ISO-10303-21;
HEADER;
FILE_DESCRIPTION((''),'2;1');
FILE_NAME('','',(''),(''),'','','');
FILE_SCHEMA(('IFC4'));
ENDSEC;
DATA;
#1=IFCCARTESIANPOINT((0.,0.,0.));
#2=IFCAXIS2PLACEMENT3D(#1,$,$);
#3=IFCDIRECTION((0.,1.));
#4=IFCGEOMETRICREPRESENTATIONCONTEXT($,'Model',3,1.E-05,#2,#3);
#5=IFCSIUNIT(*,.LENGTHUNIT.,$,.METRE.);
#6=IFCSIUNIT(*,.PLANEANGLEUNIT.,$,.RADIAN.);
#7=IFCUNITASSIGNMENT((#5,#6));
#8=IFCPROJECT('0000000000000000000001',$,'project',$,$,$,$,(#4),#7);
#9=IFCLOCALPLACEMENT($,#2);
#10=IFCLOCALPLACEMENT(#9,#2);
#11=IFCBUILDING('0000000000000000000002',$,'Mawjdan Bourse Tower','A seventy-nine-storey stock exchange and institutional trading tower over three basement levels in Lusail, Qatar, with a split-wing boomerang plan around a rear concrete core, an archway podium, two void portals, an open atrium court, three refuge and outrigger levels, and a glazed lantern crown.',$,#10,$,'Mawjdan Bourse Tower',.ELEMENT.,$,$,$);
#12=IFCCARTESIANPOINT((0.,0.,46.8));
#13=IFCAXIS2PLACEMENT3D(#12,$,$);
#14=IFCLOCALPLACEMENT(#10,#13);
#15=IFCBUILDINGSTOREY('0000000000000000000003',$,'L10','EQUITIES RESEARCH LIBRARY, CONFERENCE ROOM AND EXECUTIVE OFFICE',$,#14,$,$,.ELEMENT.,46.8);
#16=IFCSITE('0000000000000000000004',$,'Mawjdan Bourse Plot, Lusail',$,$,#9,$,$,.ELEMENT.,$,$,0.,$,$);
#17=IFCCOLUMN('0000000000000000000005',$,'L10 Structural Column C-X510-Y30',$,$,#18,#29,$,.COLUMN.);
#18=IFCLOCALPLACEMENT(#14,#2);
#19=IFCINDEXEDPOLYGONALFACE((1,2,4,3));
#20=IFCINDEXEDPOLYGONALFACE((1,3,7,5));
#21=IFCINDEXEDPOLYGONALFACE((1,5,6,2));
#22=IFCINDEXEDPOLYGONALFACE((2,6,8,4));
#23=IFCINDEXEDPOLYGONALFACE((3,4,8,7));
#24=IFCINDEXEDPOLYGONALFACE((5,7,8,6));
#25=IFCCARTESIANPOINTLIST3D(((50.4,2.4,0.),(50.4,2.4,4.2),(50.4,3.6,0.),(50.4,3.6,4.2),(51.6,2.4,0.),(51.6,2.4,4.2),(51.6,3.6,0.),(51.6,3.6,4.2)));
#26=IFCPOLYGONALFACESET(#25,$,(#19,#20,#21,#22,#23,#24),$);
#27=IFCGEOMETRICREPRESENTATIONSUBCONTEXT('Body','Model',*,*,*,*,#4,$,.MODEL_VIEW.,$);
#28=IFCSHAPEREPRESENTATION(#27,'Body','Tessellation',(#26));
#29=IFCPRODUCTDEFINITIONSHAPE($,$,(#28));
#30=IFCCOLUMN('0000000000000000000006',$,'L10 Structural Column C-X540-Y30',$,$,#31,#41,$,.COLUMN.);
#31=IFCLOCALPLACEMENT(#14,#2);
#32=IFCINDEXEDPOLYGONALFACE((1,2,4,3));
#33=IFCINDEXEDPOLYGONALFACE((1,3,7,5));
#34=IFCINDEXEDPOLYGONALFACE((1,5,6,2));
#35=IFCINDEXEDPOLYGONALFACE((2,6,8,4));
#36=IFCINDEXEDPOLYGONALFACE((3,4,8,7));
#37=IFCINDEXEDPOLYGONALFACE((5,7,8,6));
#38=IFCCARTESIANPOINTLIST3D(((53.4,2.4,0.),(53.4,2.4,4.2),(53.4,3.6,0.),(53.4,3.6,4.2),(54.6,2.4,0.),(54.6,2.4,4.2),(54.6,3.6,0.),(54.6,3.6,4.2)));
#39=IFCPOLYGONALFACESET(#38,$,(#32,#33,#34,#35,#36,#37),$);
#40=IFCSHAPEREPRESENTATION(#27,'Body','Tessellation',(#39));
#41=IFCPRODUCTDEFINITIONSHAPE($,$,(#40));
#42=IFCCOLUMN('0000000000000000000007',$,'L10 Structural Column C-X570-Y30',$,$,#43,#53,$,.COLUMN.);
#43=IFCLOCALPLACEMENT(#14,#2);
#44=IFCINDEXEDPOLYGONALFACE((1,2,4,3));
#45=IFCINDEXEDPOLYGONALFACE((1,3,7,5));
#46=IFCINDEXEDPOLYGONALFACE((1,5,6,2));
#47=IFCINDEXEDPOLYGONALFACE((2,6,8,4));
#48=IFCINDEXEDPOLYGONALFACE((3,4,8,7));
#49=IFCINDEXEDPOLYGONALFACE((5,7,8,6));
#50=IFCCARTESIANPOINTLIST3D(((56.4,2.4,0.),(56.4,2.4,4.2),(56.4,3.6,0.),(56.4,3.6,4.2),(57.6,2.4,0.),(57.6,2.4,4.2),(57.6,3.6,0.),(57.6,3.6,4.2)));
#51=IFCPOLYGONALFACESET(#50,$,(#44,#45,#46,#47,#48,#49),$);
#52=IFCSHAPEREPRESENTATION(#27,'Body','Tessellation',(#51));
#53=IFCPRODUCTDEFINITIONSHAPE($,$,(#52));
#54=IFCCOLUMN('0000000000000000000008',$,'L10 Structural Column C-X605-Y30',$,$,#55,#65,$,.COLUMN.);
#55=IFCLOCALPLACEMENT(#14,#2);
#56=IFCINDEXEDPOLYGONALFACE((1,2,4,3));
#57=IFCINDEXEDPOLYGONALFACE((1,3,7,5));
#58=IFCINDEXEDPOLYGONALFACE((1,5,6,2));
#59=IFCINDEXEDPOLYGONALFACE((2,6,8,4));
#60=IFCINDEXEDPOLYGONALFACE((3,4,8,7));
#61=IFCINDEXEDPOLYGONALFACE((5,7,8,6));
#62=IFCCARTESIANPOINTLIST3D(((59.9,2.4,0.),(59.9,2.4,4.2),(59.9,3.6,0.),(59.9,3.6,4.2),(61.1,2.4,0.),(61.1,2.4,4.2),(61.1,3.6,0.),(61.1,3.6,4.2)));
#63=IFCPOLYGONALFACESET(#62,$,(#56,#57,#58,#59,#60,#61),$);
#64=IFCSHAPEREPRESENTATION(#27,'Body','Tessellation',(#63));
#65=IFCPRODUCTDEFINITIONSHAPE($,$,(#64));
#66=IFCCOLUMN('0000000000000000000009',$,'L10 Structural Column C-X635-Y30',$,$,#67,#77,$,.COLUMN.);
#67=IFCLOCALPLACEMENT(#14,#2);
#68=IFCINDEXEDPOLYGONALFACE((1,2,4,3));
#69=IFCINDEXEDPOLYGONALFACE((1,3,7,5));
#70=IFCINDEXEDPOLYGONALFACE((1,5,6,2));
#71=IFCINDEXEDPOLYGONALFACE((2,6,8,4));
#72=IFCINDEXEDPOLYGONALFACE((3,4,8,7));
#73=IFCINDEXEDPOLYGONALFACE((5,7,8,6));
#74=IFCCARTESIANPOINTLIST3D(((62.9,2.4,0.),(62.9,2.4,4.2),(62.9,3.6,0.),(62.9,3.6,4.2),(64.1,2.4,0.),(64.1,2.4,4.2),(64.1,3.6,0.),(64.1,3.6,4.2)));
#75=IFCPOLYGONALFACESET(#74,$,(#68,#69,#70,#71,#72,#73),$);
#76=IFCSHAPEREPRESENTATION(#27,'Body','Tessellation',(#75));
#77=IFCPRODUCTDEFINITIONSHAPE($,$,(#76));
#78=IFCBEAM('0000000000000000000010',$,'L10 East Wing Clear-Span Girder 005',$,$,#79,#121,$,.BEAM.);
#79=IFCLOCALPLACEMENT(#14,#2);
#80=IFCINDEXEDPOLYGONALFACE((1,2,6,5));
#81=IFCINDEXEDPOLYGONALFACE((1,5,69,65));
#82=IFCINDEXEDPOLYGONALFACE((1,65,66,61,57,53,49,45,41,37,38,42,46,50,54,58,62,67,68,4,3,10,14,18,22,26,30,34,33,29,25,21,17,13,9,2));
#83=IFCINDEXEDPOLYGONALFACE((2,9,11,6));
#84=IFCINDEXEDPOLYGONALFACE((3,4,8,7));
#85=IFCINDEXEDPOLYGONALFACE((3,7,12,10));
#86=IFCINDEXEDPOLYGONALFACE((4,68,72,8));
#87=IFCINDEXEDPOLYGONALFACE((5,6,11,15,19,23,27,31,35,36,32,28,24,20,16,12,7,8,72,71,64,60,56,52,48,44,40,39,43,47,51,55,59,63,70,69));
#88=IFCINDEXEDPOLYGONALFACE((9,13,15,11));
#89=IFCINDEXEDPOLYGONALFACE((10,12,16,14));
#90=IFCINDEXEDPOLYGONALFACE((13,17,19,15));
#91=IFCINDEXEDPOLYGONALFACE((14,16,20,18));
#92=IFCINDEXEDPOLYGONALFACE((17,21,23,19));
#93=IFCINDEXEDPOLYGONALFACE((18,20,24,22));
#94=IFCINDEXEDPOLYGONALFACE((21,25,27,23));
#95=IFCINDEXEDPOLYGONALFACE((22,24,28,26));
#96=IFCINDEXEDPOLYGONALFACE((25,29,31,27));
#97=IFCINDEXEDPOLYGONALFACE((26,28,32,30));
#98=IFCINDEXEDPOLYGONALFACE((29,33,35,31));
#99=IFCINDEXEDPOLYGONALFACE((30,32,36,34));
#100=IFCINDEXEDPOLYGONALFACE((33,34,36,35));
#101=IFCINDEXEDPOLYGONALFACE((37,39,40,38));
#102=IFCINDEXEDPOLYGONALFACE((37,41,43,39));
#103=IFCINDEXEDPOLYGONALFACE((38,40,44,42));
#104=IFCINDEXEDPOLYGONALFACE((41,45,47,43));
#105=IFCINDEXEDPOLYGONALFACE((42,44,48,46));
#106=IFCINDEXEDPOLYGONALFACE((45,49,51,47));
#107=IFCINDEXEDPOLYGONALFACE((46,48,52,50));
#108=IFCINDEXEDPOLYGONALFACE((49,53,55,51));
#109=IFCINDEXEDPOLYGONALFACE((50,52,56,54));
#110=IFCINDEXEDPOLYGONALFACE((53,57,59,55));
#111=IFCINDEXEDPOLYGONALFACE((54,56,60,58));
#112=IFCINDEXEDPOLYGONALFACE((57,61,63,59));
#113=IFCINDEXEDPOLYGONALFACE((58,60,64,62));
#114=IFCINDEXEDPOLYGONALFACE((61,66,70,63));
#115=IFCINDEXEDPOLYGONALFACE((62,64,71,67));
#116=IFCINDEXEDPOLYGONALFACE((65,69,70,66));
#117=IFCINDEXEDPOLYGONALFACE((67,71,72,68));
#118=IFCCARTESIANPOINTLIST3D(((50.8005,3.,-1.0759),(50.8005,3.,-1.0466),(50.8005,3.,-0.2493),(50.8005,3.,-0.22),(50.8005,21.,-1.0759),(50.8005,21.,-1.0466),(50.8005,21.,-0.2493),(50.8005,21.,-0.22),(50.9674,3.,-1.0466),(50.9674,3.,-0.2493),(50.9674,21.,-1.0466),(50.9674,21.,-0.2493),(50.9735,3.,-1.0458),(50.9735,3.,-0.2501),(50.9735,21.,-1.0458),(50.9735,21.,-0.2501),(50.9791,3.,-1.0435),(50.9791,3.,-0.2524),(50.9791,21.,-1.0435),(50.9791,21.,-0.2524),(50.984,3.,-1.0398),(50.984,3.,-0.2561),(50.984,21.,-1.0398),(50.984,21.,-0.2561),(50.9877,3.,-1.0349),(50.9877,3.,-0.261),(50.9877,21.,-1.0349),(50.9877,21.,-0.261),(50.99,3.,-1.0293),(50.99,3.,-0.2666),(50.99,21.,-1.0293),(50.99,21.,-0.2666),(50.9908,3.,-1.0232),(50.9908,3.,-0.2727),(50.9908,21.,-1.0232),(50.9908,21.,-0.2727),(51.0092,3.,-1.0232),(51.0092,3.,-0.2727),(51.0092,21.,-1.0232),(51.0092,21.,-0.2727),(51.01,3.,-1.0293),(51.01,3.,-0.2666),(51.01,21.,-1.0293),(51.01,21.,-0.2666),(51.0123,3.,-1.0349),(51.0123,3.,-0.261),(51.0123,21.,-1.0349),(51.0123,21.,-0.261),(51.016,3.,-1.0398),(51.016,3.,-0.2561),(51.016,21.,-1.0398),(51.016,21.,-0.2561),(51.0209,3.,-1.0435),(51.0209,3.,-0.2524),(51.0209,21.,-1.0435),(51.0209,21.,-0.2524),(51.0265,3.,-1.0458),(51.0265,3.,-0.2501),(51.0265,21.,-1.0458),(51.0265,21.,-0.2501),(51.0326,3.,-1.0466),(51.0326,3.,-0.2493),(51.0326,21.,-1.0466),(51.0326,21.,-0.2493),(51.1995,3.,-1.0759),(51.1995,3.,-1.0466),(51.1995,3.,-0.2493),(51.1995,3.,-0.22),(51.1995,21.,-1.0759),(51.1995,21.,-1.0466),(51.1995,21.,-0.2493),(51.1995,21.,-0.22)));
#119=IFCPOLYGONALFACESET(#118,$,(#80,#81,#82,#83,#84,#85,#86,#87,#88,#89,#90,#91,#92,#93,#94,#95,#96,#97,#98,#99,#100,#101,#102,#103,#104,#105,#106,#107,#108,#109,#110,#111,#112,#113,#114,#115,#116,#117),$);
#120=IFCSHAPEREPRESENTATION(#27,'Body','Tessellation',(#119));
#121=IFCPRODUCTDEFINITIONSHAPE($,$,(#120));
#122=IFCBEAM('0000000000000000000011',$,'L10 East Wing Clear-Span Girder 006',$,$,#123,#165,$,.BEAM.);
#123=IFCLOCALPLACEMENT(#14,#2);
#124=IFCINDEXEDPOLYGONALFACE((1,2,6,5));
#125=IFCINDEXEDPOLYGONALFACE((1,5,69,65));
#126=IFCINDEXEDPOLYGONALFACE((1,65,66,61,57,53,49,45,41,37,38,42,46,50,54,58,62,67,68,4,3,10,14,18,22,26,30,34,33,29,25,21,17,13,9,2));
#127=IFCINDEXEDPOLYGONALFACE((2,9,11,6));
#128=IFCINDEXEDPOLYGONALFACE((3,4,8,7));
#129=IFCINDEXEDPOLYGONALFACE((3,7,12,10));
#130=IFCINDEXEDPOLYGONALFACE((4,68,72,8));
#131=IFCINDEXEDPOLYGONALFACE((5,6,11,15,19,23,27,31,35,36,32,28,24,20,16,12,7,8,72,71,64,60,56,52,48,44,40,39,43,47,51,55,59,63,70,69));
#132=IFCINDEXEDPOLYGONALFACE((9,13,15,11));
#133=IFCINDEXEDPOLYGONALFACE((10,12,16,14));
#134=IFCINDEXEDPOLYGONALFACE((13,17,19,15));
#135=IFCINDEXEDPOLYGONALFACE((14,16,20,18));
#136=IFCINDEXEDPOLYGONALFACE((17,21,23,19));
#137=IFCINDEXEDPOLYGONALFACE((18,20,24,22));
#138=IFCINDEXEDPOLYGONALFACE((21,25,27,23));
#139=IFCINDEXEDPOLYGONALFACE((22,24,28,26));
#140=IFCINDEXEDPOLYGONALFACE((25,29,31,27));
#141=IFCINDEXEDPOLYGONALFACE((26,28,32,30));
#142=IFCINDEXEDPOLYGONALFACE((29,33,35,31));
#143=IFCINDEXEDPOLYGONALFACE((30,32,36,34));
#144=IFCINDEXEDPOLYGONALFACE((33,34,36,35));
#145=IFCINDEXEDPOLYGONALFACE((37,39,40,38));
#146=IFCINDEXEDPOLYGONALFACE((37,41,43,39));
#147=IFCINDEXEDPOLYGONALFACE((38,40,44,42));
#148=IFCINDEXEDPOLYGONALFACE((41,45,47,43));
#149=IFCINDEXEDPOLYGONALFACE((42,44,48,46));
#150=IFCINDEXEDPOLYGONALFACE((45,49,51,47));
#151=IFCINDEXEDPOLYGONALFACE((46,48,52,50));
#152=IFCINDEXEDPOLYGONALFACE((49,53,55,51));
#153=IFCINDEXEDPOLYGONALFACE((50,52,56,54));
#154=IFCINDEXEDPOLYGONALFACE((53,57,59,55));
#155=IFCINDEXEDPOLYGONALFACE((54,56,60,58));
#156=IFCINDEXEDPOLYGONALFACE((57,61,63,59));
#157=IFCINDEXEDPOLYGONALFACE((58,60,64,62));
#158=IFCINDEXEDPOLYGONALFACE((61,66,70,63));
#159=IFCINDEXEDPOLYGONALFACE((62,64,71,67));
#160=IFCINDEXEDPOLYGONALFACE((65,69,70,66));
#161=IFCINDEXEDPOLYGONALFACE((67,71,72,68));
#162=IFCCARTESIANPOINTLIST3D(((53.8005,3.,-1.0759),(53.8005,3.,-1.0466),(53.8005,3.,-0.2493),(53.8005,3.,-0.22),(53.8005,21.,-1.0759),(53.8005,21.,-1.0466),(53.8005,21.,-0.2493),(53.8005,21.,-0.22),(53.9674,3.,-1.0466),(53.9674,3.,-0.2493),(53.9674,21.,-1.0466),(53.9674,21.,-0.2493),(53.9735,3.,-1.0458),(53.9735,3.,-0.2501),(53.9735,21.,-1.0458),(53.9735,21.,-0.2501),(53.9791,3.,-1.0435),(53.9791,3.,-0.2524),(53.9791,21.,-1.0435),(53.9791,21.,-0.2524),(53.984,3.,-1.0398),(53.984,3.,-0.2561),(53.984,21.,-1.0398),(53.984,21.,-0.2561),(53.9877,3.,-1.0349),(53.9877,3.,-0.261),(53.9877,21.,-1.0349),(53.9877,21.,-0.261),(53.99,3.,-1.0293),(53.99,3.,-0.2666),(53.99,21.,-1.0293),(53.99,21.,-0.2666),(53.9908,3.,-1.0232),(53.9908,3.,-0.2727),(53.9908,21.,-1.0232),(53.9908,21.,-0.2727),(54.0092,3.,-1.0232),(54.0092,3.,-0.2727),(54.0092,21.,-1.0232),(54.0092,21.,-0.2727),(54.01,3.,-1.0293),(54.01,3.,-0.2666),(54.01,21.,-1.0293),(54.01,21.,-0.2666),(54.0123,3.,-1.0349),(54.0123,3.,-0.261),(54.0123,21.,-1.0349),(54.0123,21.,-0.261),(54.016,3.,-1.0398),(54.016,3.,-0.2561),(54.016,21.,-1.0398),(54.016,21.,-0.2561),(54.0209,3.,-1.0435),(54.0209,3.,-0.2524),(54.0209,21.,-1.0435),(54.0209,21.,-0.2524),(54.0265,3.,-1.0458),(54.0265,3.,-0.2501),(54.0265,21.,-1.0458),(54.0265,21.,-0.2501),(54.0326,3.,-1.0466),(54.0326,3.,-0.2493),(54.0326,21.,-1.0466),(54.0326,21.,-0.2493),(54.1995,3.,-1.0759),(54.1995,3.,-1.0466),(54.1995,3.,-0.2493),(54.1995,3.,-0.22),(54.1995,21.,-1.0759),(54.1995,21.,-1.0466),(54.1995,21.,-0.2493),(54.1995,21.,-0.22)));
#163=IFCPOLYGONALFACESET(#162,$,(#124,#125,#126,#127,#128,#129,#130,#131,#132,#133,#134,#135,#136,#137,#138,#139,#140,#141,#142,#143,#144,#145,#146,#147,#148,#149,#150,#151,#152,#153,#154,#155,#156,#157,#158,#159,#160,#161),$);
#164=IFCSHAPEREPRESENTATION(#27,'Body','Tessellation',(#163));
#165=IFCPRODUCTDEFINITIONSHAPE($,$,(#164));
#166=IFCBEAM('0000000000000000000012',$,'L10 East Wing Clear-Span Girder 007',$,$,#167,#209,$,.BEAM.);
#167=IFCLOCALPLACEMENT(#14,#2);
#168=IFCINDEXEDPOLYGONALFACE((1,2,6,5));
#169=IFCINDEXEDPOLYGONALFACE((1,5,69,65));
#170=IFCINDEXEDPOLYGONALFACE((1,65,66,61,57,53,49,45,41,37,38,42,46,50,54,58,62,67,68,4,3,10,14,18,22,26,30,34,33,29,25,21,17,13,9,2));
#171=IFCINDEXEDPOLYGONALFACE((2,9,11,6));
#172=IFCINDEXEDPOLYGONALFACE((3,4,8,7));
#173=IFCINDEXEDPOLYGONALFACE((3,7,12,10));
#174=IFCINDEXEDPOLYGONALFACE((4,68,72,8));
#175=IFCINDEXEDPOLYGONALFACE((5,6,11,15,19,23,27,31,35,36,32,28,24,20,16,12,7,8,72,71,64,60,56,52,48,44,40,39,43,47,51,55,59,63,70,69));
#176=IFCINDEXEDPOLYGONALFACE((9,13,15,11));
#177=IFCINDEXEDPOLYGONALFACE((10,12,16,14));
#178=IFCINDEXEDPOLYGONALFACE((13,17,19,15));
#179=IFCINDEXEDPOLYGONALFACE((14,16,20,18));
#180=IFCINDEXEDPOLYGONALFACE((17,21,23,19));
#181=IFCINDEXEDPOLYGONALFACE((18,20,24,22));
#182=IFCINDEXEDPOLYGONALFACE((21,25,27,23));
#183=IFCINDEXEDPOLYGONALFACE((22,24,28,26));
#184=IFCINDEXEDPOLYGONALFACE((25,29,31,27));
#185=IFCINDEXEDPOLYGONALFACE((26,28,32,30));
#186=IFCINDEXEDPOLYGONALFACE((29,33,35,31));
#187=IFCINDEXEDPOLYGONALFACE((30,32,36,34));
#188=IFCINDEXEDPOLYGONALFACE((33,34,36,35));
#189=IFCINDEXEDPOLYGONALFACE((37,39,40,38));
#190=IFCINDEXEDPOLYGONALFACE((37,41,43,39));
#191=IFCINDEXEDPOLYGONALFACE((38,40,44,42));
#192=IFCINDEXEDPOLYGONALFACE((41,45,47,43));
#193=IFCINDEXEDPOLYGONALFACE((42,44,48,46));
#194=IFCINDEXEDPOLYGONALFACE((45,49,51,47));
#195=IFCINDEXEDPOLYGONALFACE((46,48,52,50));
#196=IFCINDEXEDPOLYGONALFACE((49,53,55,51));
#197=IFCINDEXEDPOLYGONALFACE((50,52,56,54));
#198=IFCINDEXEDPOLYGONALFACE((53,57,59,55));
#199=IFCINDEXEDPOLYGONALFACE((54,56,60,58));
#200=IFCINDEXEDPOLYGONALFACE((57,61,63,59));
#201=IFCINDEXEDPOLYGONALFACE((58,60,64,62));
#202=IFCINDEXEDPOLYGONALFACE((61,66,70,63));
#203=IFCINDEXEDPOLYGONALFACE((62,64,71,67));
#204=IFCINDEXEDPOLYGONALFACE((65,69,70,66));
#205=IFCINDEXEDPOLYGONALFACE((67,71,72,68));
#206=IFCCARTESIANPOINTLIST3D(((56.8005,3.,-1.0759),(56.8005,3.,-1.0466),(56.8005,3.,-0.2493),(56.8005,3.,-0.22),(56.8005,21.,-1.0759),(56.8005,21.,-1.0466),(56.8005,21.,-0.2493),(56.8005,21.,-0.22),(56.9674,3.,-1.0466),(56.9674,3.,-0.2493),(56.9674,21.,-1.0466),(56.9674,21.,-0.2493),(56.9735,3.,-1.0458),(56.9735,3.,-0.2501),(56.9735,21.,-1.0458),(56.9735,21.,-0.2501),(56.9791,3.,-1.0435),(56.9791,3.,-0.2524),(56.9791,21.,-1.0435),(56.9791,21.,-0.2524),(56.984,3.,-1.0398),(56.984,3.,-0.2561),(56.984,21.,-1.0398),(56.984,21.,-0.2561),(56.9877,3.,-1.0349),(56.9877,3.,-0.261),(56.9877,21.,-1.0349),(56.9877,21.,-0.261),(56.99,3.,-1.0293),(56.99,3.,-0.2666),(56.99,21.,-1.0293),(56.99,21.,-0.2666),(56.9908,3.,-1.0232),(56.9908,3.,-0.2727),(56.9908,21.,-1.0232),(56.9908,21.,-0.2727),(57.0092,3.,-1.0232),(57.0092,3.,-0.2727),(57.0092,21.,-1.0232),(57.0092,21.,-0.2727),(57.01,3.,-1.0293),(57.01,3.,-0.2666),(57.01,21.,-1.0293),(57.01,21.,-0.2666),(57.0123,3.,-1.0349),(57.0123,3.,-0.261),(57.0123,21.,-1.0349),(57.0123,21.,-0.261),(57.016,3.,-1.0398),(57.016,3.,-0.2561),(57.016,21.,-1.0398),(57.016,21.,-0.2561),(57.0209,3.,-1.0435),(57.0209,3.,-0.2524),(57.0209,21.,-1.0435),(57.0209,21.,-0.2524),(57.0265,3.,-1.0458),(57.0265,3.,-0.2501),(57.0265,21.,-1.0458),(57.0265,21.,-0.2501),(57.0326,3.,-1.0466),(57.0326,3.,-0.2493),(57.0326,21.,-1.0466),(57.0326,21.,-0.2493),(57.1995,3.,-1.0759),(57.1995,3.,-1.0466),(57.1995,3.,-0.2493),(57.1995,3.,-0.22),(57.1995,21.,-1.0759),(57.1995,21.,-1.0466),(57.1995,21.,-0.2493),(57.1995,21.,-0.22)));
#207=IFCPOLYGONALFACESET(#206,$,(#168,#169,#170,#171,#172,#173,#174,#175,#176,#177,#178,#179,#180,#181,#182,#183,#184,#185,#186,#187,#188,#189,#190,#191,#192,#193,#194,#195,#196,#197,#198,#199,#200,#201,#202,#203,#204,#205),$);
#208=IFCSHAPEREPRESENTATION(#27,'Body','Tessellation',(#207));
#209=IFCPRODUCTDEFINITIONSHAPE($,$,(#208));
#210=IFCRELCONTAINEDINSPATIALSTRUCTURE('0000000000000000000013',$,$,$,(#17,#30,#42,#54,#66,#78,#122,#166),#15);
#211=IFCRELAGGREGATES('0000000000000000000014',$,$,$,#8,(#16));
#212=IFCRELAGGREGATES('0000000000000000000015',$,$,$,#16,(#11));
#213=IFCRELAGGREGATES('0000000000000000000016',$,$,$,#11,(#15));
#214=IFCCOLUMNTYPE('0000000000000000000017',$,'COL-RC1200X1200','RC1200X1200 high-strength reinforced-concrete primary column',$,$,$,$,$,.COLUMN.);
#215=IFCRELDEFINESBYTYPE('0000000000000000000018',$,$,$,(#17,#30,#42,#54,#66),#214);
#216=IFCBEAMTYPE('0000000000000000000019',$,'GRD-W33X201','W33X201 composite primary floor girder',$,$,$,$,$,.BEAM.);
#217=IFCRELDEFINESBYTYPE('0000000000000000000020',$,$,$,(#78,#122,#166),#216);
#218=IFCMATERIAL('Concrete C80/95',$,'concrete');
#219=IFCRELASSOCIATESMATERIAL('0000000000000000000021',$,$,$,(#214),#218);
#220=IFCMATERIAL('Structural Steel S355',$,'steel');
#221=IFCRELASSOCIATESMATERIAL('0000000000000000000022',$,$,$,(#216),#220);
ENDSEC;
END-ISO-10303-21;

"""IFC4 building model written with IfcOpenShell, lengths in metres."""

from ifc_helpers import new_model, si_unit, direction, frame, origin, origin_2d, place, context, subcontext, project, spatial, rectangle, i_section, extrude, material, material_profile, profile_set, type_object, element, save


model = new_model("IFC4")

# Units and contexts
model_context = context("Model", 3, precision=1e-05, world=origin(), true_north=direction((0.0, 1.0)))
body_context = subcontext(model_context, "Body", "Model", "MODEL_VIEW")
ifc_project = project(units=[si_unit("LENGTHUNIT", "METRE"), si_unit("PLANEANGLEUNIT", "RADIAN")], contexts=[model_context])

# Site, building, storey
site_placement = place(None, origin())
site = spatial("IfcSite", under=ifc_project, at=site_placement, Name="Mawjdan Bourse Plot, Lusail", CompositionType="ELEMENT", RefElevation=0.0)
building_placement = place(site_placement, origin())
building = spatial("IfcBuilding", under=site, at=building_placement, Name="Mawjdan Bourse Tower", Description="A seventy-nine-storey stock exchange and institutional trading tower over three basement levels in Lusail, Qatar, with a split-wing boomerang plan around a rear concrete core, an archway podium, two void portals, an open atrium court, three refuge and outrigger levels, and a glazed lantern crown.", LongName="Mawjdan Bourse Tower", CompositionType="ELEMENT")
storey_placement = place(building_placement, frame((0.0, 0.0, 46.8)))
storey = spatial("IfcBuildingStorey", under=building, at=storey_placement, Name="L10", Description="EQUITIES RESEARCH LIBRARY, CONFERENCE ROOM AND EXECUTIVE OFFICE", CompositionType="ELEMENT", Elevation=46.8)

# Columns
ifc_material_1 = material(Name="Concrete C80/95", Category="concrete")
ifc_material_profile_1 = material_profile(ifc_material_1, rectangle(XDim=1.2, YDim=1.2, at=origin_2d()), Name="RC1200X1200")
ifc_profile_set_1 = profile_set([ifc_material_profile_1], Name="Concrete C80/95")
column_type = type_object("IfcColumnType", Name="COL-RC1200X1200", Description="RC1200X1200 high-strength reinforced-concrete primary column", PredefinedType="COLUMN", material=ifc_profile_set_1)
for number, where, z_axis, x_axis, name in (
    (1, (51.0, 3.0, 0.0), (0.0, 0.0, 1.0), (1.0, 0.0, 0.0), "L10 Structural Column C-X510-Y30"),
    (2, (54.0, 3.0, 0.0), (0.0, 0.0, 1.0), (1.0, 0.0, 0.0), "L10 Structural Column C-X540-Y30"),
    (3, (57.0, 3.0, 0.0), (0.0, 0.0, 1.0), (1.0, 0.0, 0.0), "L10 Structural Column C-X570-Y30"),
    (4, (60.5, 3.0, 0.0), (0.0, 0.0, 1.0), (1.0, 0.0, 0.0), "L10 Structural Column C-X605-Y30"),
    (5, (63.5, 3.0, 0.0), (0.0, 0.0, 1.0), (1.0, 0.0, 0.0), "L10 Structural Column C-X635-Y30"),
):
    element("IfcColumn", number, at=place(storey_placement, frame(where, z_axis=z_axis, x_axis=x_axis)), inside=storey, type_object=column_type, Name=name, PredefinedType="COLUMN", context=body_context, shape_type="SweptSolid", body=[
        extrude(rectangle(XDim=1.2, YDim=1.2, at=origin_2d()), origin(), (0.0, 0.0, 1.0), 4.2),
    ])

# Beams
ifc_material_2 = material(Name="Structural Steel S355", Category="steel")
ifc_material_profile_2 = material_profile(ifc_material_2, i_section(OverallWidth=0.3989, OverallDepth=0.856, WebThickness=0.0183, FlangeThickness=0.0293, FilletRadius=0.0234, at=origin_2d()), Name="W33X201")
ifc_profile_set_2 = profile_set([ifc_material_profile_2], Name="Structural Steel S355")
beam_type_1 = type_object("IfcBeamType", Name="GRD-W33X201", Description="W33X201 composite primary floor girder", PredefinedType="BEAM", material=ifc_profile_set_2)
for number, where, z_axis, x_axis, name in (
    (6, (51.0, 3.0, -0.6479), (0.0, 1.0, 0.0), (-1.0, 0.0, 0.0), "L10 East Wing Clear-Span Girder 005"),
    (7, (54.0, 3.0, -0.6479), (0.0, 1.0, 0.0), (-1.0, 0.0, 0.0), "L10 East Wing Clear-Span Girder 006"),
    (8, (57.0, 3.0, -0.6479), (0.0, 1.0, 0.0), (-1.0, 0.0, 0.0), "L10 East Wing Clear-Span Girder 007"),
):
    element("IfcBeam", number, at=place(storey_placement, frame(where, z_axis=z_axis, x_axis=x_axis)), inside=storey, type_object=beam_type_1, Name=name, PredefinedType="BEAM", context=body_context, shape_type="SweptSolid", body=[
        extrude(i_section(OverallWidth=0.3989, OverallDepth=0.856, WebThickness=0.0183, FlangeThickness=0.0293, FilletRadius=0.0234, at=origin_2d()), origin(), (0.0, 0.0, 1.0), 18.0),
    ])

save(model, "model.ifc")
